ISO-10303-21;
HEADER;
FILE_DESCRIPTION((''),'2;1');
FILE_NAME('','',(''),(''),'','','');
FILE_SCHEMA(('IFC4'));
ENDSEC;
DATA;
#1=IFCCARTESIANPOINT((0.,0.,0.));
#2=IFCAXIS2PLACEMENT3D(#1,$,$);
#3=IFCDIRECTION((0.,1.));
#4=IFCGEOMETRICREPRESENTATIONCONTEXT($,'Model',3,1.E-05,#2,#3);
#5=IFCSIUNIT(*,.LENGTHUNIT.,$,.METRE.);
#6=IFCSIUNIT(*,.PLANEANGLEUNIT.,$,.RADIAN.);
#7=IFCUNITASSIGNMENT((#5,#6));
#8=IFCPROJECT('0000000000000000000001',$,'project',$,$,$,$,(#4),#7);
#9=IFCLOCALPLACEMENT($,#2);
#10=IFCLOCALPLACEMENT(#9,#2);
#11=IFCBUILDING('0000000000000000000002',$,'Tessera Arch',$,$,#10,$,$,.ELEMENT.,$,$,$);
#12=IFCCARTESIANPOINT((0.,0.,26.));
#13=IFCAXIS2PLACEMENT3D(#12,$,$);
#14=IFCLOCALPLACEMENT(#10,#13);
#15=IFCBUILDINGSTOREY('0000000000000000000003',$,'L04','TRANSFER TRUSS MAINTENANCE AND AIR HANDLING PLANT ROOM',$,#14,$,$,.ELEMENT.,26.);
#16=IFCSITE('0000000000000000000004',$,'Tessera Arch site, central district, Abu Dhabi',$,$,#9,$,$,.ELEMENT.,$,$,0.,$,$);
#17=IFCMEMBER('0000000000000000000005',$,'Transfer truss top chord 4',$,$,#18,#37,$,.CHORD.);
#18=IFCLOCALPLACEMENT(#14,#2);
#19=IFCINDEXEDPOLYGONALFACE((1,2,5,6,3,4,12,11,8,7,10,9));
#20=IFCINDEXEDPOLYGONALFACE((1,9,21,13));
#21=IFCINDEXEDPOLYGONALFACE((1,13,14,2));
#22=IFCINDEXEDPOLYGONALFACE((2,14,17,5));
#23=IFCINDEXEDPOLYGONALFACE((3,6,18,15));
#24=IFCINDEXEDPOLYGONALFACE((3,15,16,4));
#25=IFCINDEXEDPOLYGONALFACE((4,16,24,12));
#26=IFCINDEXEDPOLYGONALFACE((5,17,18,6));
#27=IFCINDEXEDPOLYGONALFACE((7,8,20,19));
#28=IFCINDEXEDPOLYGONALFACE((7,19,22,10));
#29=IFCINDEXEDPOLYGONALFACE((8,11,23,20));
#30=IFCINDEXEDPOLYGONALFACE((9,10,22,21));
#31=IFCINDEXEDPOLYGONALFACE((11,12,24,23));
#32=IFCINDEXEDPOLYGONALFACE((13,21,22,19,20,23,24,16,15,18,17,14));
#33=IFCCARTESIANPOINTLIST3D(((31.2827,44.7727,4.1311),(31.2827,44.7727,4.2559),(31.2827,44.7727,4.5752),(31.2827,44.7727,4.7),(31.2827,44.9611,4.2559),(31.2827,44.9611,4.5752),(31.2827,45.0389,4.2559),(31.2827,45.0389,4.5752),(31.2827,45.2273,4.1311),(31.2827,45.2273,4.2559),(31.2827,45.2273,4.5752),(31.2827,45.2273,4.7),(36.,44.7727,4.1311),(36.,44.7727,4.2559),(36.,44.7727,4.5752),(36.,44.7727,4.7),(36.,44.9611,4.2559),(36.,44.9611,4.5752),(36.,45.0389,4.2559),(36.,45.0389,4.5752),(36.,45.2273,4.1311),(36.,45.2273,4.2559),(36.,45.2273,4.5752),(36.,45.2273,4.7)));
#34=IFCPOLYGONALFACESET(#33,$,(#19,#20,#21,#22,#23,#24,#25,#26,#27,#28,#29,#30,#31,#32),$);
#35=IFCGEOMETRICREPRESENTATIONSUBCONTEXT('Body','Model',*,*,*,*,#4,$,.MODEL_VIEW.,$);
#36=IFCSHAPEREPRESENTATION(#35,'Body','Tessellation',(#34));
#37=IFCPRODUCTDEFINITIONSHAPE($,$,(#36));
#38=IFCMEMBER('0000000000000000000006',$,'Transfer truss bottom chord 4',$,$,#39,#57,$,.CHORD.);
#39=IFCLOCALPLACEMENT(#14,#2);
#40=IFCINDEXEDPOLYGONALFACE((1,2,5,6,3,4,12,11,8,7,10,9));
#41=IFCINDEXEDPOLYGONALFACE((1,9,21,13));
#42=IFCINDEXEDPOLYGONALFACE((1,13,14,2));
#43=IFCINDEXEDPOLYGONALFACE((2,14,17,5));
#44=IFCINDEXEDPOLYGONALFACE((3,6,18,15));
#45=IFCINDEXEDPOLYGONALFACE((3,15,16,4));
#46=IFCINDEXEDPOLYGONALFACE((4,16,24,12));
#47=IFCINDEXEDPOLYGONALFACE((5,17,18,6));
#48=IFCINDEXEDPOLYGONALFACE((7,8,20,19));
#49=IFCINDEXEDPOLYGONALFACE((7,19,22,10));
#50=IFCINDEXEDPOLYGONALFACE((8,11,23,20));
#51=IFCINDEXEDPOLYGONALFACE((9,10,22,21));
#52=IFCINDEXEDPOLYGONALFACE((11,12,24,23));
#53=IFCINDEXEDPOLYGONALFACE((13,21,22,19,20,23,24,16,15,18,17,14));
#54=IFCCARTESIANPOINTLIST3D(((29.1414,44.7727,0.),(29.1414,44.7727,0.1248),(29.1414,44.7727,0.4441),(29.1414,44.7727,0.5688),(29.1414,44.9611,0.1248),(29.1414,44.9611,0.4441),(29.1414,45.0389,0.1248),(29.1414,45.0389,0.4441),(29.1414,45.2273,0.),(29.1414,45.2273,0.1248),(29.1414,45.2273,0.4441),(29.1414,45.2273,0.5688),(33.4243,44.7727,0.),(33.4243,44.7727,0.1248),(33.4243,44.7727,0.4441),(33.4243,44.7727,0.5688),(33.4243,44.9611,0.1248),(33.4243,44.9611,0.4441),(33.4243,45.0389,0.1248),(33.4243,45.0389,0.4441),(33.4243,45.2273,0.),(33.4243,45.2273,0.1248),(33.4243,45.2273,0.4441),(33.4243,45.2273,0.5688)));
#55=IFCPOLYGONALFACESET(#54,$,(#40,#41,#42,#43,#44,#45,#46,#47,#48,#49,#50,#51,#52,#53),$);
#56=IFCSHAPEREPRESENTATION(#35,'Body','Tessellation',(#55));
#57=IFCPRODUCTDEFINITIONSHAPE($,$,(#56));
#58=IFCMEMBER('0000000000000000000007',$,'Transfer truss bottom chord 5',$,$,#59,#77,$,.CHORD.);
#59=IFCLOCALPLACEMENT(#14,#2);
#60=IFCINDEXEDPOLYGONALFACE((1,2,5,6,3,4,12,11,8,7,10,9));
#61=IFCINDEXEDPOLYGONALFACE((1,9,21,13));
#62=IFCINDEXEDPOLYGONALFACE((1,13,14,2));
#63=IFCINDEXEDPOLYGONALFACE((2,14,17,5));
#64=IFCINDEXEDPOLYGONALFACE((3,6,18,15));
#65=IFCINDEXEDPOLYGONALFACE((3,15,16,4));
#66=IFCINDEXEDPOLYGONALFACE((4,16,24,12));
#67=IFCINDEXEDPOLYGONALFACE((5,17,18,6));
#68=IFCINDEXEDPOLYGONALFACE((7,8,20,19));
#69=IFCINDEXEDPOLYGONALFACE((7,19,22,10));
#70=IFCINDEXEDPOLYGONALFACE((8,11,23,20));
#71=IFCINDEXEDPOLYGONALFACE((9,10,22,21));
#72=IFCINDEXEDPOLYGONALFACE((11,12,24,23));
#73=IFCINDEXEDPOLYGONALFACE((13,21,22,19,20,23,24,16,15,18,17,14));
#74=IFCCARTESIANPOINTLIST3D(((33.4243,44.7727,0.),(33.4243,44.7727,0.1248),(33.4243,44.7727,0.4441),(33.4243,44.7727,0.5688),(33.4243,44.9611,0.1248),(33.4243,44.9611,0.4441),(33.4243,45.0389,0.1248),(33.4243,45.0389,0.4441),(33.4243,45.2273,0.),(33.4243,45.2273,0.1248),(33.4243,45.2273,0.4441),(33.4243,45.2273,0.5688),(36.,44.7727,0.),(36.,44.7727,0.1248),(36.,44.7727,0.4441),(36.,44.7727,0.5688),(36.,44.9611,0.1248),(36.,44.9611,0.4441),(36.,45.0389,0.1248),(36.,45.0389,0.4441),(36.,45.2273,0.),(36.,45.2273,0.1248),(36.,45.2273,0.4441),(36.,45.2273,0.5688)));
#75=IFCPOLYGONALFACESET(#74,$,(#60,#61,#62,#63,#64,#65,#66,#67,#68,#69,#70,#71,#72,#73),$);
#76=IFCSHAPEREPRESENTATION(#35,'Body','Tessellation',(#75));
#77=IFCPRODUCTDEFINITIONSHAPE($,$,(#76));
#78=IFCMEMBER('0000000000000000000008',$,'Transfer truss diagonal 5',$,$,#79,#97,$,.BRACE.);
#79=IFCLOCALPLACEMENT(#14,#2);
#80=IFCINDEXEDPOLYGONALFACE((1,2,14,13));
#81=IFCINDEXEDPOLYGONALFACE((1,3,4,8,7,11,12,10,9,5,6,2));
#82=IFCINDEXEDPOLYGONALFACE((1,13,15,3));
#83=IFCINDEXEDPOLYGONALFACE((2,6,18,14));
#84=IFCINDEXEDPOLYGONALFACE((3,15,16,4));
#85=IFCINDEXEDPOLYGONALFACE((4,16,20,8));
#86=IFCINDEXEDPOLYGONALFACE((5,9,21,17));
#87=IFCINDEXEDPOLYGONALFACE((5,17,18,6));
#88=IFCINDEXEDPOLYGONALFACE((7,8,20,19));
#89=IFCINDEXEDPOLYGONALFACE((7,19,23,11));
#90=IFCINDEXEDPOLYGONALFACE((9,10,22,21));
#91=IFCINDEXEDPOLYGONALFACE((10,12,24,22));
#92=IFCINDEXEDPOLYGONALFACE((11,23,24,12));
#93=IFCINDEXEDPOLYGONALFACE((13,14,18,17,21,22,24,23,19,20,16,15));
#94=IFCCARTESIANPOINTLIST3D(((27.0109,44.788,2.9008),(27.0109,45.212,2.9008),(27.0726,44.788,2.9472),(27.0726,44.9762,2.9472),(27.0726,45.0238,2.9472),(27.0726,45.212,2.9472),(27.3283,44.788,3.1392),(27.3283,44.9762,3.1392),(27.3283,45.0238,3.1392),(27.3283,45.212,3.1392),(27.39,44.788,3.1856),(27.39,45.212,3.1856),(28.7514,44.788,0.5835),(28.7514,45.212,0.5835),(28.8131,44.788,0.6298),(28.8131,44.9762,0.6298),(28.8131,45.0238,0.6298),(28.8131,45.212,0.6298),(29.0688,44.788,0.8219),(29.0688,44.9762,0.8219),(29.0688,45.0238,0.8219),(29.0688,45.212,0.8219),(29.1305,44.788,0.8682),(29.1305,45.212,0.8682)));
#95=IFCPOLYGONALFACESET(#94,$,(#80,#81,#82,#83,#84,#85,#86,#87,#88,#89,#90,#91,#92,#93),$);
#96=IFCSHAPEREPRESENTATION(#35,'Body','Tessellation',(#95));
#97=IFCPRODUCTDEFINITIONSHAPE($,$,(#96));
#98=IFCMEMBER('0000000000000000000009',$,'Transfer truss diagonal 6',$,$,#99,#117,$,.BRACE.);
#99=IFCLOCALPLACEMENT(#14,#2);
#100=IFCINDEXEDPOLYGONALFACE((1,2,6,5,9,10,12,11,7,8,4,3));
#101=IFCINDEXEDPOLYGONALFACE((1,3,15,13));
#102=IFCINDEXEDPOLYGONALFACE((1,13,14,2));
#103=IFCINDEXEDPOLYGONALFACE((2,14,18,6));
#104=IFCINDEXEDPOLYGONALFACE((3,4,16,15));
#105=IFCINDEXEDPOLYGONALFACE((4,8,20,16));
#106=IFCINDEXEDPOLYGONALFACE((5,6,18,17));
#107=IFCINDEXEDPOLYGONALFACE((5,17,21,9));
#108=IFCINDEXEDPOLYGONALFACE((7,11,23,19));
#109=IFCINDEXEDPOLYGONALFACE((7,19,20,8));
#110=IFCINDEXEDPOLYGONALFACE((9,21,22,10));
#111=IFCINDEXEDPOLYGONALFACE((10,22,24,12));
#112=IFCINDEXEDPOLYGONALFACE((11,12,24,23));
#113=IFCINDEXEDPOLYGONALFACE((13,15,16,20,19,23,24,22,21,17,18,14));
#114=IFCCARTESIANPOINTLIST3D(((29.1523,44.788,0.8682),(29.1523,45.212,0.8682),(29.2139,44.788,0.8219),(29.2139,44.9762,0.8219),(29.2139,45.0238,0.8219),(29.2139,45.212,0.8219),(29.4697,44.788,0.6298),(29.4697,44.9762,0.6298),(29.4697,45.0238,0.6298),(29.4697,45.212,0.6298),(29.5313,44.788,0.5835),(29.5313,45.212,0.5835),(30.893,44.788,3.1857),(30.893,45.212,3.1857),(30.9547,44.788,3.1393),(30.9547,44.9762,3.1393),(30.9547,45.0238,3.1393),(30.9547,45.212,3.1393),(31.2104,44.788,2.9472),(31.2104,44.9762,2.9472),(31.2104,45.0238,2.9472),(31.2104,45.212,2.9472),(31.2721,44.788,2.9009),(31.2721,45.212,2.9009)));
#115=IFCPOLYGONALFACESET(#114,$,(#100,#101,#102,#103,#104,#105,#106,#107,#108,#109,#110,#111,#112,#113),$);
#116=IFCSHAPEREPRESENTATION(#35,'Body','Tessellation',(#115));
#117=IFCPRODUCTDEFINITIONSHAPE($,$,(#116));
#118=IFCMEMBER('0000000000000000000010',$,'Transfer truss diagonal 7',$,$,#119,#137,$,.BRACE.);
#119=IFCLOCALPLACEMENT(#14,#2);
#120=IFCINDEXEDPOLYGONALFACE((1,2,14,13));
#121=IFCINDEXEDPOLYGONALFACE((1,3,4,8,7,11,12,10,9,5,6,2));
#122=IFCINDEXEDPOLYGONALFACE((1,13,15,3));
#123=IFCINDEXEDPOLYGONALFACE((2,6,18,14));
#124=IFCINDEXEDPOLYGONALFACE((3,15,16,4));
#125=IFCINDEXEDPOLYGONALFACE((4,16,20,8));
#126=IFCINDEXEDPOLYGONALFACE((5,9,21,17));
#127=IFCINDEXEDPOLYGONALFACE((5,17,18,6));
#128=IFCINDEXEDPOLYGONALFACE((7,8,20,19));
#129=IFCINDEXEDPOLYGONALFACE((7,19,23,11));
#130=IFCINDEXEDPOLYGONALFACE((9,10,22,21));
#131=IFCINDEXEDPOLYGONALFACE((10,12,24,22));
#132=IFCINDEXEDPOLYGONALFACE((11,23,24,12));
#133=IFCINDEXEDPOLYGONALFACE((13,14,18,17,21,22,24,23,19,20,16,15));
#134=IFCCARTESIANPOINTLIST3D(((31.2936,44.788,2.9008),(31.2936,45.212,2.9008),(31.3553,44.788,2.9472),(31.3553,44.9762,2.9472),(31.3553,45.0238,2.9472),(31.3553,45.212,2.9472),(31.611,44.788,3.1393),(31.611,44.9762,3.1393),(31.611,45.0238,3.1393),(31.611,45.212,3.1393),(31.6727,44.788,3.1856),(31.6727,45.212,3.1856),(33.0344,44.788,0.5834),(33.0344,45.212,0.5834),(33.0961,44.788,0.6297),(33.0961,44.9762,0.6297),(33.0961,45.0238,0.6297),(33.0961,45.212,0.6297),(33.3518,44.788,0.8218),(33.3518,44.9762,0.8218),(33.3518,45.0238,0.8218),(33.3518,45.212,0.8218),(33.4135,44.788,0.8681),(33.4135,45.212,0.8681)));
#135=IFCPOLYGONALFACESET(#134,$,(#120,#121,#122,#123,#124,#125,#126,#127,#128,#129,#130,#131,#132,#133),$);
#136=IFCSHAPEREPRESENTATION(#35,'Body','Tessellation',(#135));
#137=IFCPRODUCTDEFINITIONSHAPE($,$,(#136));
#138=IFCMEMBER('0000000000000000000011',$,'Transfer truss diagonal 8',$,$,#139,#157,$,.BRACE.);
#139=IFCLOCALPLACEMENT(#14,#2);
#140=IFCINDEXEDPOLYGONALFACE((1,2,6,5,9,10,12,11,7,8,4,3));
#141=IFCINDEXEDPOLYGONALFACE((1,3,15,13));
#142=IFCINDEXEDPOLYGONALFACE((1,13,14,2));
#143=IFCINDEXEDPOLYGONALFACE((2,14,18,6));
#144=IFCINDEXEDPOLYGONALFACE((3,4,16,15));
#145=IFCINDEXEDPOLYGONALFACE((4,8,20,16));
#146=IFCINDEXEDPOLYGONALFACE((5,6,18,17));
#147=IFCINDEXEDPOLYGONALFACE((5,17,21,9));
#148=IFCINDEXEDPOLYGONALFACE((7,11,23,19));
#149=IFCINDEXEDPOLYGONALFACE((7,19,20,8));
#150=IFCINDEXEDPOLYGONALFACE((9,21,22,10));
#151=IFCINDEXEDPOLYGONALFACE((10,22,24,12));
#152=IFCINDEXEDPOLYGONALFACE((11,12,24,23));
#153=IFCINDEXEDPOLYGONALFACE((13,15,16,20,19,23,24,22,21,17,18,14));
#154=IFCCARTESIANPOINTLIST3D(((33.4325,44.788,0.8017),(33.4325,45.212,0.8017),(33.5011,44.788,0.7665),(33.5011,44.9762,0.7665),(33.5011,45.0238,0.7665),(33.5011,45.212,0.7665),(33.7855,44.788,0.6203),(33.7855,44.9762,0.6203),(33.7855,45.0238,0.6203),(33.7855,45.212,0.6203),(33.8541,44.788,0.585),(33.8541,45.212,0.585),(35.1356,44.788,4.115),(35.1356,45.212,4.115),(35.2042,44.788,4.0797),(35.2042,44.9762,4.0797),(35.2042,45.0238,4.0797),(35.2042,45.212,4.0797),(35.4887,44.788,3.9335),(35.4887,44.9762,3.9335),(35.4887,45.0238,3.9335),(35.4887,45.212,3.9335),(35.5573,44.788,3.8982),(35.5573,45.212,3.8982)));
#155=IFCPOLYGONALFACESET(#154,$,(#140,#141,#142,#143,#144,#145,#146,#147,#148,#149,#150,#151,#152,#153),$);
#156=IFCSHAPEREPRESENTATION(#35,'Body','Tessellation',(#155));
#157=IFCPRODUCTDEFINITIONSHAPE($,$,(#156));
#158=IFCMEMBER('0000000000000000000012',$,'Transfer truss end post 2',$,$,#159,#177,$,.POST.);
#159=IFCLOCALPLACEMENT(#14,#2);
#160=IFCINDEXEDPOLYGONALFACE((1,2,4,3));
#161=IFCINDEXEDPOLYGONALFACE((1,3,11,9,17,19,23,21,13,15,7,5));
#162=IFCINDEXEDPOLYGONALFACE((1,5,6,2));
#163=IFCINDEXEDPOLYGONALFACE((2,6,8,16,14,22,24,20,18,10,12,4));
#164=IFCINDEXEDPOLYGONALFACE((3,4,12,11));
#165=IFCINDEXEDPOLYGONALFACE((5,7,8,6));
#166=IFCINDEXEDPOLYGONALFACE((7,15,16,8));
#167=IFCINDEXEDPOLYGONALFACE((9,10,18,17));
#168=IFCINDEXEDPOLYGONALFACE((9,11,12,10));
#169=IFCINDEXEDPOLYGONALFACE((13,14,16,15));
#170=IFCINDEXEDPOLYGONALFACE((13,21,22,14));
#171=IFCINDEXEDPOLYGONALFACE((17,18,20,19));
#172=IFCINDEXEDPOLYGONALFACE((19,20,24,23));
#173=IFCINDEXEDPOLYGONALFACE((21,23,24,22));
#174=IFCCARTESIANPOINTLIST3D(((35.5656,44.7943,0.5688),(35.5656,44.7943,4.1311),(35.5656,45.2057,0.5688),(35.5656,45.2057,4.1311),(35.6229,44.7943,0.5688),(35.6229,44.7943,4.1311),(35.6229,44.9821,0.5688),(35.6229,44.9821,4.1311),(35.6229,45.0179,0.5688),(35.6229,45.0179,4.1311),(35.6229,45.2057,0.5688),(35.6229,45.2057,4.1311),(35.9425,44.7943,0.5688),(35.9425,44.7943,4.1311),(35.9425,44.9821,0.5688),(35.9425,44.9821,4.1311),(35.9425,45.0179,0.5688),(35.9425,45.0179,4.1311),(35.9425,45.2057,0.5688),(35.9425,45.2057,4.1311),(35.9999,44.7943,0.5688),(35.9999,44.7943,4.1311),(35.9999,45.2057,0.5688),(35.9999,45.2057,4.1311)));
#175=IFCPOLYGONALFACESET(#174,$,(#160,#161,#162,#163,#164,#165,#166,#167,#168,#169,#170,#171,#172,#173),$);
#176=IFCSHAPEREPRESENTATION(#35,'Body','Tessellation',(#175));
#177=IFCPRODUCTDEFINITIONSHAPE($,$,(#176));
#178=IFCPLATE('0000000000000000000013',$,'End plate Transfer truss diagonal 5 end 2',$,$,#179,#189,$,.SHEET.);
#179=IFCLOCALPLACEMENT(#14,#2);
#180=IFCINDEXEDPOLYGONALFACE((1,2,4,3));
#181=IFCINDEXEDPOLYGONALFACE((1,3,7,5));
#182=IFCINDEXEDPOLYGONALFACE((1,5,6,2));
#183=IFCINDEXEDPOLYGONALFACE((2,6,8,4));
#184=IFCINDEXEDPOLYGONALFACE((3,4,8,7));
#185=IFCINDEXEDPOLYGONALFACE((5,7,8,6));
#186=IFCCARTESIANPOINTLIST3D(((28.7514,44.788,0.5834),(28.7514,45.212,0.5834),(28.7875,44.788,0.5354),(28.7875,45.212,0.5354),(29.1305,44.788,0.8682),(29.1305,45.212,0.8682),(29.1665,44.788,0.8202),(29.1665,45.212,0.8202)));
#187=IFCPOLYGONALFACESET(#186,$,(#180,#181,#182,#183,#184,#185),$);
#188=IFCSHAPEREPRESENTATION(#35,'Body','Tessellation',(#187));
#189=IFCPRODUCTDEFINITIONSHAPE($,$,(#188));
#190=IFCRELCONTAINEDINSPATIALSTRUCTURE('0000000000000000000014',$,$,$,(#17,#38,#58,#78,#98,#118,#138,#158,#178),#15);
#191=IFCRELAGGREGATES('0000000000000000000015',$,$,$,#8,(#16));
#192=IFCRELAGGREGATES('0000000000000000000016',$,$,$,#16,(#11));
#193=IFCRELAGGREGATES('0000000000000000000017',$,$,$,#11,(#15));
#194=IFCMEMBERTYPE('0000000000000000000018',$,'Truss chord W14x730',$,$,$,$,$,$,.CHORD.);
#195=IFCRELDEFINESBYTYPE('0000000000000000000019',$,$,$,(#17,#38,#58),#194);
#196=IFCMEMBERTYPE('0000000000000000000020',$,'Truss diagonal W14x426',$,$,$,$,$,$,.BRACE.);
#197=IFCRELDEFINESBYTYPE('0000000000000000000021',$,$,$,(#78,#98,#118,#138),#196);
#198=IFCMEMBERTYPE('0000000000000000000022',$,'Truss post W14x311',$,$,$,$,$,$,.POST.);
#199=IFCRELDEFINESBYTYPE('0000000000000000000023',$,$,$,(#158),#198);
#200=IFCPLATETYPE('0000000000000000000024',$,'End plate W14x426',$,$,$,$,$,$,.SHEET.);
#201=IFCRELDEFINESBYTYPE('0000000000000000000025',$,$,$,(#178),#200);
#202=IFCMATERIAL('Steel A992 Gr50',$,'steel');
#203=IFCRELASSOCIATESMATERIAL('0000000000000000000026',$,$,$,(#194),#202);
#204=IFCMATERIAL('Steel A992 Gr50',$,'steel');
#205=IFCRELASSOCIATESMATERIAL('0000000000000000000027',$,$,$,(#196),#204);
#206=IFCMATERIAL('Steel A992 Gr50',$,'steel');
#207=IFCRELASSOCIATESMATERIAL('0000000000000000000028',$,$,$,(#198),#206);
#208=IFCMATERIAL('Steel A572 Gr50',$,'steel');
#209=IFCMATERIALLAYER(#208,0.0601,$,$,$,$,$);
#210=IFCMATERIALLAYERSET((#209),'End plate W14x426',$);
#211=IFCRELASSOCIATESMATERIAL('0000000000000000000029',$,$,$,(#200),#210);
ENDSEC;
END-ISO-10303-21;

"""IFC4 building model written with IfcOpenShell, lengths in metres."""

from ifc_helpers import new_model, si_unit, direction, frame, origin, origin_2d, place, context, subcontext, project, spatial, rectangle, i_section, extrude, material, layer, layer_set, material_profile, profile_set, type_object, element, save


model = new_model("IFC4")

# Units and contexts
model_context = context("Model", 3, precision=1e-05, world=origin(), true_north=direction((0.0, 1.0)))
body_context = subcontext(model_context, "Body", "Model", "MODEL_VIEW")
ifc_project = project(units=[si_unit("LENGTHUNIT", "METRE"), si_unit("PLANEANGLEUNIT", "RADIAN")], contexts=[model_context])

# Site, building, storey
site_placement = place(None, origin())
site = spatial("IfcSite", under=ifc_project, at=site_placement, Name="Tessera Arch site, central district, Abu Dhabi", CompositionType="ELEMENT", RefElevation=0.0)
building_placement = place(site_placement, origin())
building = spatial("IfcBuilding", under=site, at=building_placement, Name="Tessera Arch", CompositionType="ELEMENT")
storey_placement = place(building_placement, frame((0.0, 0.0, 26.0)))
storey = spatial("IfcBuildingStorey", under=building, at=storey_placement, Name="L04", Description="TRANSFER TRUSS MAINTENANCE AND AIR HANDLING PLANT ROOM", CompositionType="ELEMENT", Elevation=26.0)

# Members
ifc_material_1 = material(Name="Steel A992 Gr50", Category="steel")
ifc_material_profile_1 = material_profile(ifc_material_1, i_section(OverallWidth=0.4546, OverallDepth=0.5688, WebThickness=0.0779, FlangeThickness=0.1248, at=origin_2d()), Name="W14x730")
ifc_profile_set_1 = profile_set([ifc_material_profile_1], Name="Steel A992 Gr50")
member_type_1 = type_object("IfcMemberType", Name="Truss chord W14x730", PredefinedType="CHORD", material=ifc_profile_set_1)
member_1_placement = place(storey_placement, frame((31.2827, 45.0, 4.4155), z_axis=(1.0, 0.0, 0.0), x_axis=(0.0, 1.0, 0.0)))
element("IfcMember", 1, at=member_1_placement, inside=storey, type_object=member_type_1, Name="Transfer truss top chord 4", PredefinedType="CHORD", context=body_context, shape_type="SweptSolid", body=[
    extrude(i_section(OverallWidth=0.4546, OverallDepth=0.5688, WebThickness=0.0779, FlangeThickness=0.1248, at=origin_2d()), origin(), (0.0, 0.0, 1.0), 4.7173),
])
member_2_placement = place(storey_placement, frame((29.1414, 45.0, 0.2844), z_axis=(1.0, 0.0, 0.0), x_axis=(0.0, 1.0, 0.0)))
element("IfcMember", 2, at=member_2_placement, inside=storey, type_object=member_type_1, Name="Transfer truss bottom chord 4", PredefinedType="CHORD", context=body_context, shape_type="SweptSolid", body=[
    extrude(i_section(OverallWidth=0.4546, OverallDepth=0.5688, WebThickness=0.0779, FlangeThickness=0.1248, at=origin_2d()), origin(), (0.0, 0.0, 1.0), 4.283),
])
member_3_placement = place(storey_placement, frame((33.4243, 45.0, 0.2844), z_axis=(1.0, 0.0, 0.0), x_axis=(0.0, 1.0, 0.0)))
element("IfcMember", 3, at=member_3_placement, inside=storey, type_object=member_type_1, Name="Transfer truss bottom chord 5", PredefinedType="CHORD", context=body_context, shape_type="SweptSolid", body=[
    extrude(i_section(OverallWidth=0.4546, OverallDepth=0.5688, WebThickness=0.0779, FlangeThickness=0.1248, at=origin_2d()), origin(), (0.0, 0.0, 1.0), 2.5757),
])
ifc_material_2 = material(Name="Steel A992 Gr50", Category="steel")
ifc_material_profile_2 = material_profile(ifc_material_2, i_section(OverallWidth=0.4241, OverallDepth=0.4741, WebThickness=0.0476, FlangeThickness=0.0771, at=origin_2d()), Name="W14x426")
ifc_profile_set_2 = profile_set([ifc_material_profile_2], Name="Steel A992 Gr50")
member_type_2 = type_object("IfcMemberType", Name="Truss diagonal W14x426", PredefinedType="BRACE", material=ifc_profile_set_2)
member_4_placement = place(storey_placement, frame((27.2004, 45.0, 3.0432), z_axis=(0.600539, 0.0, -0.799595), x_axis=(0.0, 1.0, 0.0)))
element("IfcMember", 4, at=member_4_placement, inside=storey, type_object=member_type_2, Name="Transfer truss diagonal 5", PredefinedType="BRACE", context=body_context, shape_type="SweptSolid", body=[
    extrude(i_section(OverallWidth=0.4241, OverallDepth=0.4741, WebThickness=0.0476, FlangeThickness=0.0771, at=origin_2d()), origin(), (0.0, 0.0, 1.0), 2.8982),
])
for number, where, z_axis, x_axis, name in (
    (5, (29.3418, 45.0, 0.7258), (0.600593, 0.0, 0.799555), (0.0, 1.0, 0.0), "Transfer truss diagonal 6"),
    (6, (31.4832, 45.0, 3.0432), (0.600593, 0.0, -0.799555), (0.0, 1.0, 0.0), "Transfer truss diagonal 7"),
):
    element("IfcMember", number, at=place(storey_placement, frame(where, z_axis=z_axis, x_axis=x_axis)), inside=storey, type_object=member_type_2, Name=name, PredefinedType="BRACE", context=body_context, shape_type="SweptSolid", body=[
        extrude(i_section(OverallWidth=0.4241, OverallDepth=0.4741, WebThickness=0.0476, FlangeThickness=0.0771, at=origin_2d()), origin(), (0.0, 0.0, 1.0), 2.8984),
    ])
member_5_placement = place(storey_placement, frame((33.6433, 45.0, 0.6934), z_axis=(0.457173, 0.0, 0.889378), x_axis=(0.0, 1.0, 0.0)))
element("IfcMember", 7, at=member_5_placement, inside=storey, type_object=member_type_2, Name="Transfer truss diagonal 8", PredefinedType="BRACE", context=body_context, shape_type="SweptSolid", body=[
    extrude(i_section(OverallWidth=0.4241, OverallDepth=0.4741, WebThickness=0.0476, FlangeThickness=0.0771, at=origin_2d()), origin(), (0.0, 0.0, 1.0), 3.7253),
])
ifc_material_3 = material(Name="Steel A992 Gr50", Category="steel")
ifc_material_profile_3 = material_profile(ifc_material_3, i_section(OverallWidth=0.4114, OverallDepth=0.4343, WebThickness=0.0359, FlangeThickness=0.0574, at=origin_2d()), Name="W14x311")
ifc_profile_set_3 = profile_set([ifc_material_profile_3], Name="Steel A992 Gr50")
member_type_3 = type_object("IfcMemberType", Name="Truss post W14x311", PredefinedType="POST", material=ifc_profile_set_3)
member_6_placement = place(storey_placement, frame((35.7827, 45.0, 0.5688), z_axis=(0.0, 0.0, 1.0), x_axis=(0.0, 1.0, 0.0)))
element("IfcMember", 8, at=member_6_placement, inside=storey, type_object=member_type_3, Name="Transfer truss end post 2", PredefinedType="POST", context=body_context, shape_type="SweptSolid", body=[
    extrude(i_section(OverallWidth=0.4114, OverallDepth=0.4343, WebThickness=0.0359, FlangeThickness=0.0574, at=origin_2d()), origin(), (0.0, 0.0, 1.0), 3.5623),
])

# Plate
ifc_material_4 = material(Name="Steel A572 Gr50", Category="steel")
ifc_layer_1 = layer(ifc_material_4, 0.0601)
ifc_layer_set_1 = layer_set([ifc_layer_1], Name="End plate W14x426")
plate_type = type_object("IfcPlateType", Name="End plate W14x426", PredefinedType="SHEET", material=ifc_layer_set_1)
for number, where, z_axis, x_axis, name in (
    (9, (28.9409, 45.0, 0.7258), (0.600649, 0.0, -0.799513), (0.0, 1.0, 0.0), "End plate Transfer truss diagonal 5 end 2"),
):
    element("IfcPlate", number, at=place(storey_placement, frame(where, z_axis=z_axis, x_axis=x_axis)), inside=storey, type_object=plate_type, Name=name, PredefinedType="SHEET", context=body_context, shape_type="SweptSolid", body=[
        extrude(rectangle(XDim=0.4241, YDim=0.4741, at=origin_2d()), origin(), (0.0, 0.0, 1.0), 0.0601),
    ])

save(model, "model.ifc")
